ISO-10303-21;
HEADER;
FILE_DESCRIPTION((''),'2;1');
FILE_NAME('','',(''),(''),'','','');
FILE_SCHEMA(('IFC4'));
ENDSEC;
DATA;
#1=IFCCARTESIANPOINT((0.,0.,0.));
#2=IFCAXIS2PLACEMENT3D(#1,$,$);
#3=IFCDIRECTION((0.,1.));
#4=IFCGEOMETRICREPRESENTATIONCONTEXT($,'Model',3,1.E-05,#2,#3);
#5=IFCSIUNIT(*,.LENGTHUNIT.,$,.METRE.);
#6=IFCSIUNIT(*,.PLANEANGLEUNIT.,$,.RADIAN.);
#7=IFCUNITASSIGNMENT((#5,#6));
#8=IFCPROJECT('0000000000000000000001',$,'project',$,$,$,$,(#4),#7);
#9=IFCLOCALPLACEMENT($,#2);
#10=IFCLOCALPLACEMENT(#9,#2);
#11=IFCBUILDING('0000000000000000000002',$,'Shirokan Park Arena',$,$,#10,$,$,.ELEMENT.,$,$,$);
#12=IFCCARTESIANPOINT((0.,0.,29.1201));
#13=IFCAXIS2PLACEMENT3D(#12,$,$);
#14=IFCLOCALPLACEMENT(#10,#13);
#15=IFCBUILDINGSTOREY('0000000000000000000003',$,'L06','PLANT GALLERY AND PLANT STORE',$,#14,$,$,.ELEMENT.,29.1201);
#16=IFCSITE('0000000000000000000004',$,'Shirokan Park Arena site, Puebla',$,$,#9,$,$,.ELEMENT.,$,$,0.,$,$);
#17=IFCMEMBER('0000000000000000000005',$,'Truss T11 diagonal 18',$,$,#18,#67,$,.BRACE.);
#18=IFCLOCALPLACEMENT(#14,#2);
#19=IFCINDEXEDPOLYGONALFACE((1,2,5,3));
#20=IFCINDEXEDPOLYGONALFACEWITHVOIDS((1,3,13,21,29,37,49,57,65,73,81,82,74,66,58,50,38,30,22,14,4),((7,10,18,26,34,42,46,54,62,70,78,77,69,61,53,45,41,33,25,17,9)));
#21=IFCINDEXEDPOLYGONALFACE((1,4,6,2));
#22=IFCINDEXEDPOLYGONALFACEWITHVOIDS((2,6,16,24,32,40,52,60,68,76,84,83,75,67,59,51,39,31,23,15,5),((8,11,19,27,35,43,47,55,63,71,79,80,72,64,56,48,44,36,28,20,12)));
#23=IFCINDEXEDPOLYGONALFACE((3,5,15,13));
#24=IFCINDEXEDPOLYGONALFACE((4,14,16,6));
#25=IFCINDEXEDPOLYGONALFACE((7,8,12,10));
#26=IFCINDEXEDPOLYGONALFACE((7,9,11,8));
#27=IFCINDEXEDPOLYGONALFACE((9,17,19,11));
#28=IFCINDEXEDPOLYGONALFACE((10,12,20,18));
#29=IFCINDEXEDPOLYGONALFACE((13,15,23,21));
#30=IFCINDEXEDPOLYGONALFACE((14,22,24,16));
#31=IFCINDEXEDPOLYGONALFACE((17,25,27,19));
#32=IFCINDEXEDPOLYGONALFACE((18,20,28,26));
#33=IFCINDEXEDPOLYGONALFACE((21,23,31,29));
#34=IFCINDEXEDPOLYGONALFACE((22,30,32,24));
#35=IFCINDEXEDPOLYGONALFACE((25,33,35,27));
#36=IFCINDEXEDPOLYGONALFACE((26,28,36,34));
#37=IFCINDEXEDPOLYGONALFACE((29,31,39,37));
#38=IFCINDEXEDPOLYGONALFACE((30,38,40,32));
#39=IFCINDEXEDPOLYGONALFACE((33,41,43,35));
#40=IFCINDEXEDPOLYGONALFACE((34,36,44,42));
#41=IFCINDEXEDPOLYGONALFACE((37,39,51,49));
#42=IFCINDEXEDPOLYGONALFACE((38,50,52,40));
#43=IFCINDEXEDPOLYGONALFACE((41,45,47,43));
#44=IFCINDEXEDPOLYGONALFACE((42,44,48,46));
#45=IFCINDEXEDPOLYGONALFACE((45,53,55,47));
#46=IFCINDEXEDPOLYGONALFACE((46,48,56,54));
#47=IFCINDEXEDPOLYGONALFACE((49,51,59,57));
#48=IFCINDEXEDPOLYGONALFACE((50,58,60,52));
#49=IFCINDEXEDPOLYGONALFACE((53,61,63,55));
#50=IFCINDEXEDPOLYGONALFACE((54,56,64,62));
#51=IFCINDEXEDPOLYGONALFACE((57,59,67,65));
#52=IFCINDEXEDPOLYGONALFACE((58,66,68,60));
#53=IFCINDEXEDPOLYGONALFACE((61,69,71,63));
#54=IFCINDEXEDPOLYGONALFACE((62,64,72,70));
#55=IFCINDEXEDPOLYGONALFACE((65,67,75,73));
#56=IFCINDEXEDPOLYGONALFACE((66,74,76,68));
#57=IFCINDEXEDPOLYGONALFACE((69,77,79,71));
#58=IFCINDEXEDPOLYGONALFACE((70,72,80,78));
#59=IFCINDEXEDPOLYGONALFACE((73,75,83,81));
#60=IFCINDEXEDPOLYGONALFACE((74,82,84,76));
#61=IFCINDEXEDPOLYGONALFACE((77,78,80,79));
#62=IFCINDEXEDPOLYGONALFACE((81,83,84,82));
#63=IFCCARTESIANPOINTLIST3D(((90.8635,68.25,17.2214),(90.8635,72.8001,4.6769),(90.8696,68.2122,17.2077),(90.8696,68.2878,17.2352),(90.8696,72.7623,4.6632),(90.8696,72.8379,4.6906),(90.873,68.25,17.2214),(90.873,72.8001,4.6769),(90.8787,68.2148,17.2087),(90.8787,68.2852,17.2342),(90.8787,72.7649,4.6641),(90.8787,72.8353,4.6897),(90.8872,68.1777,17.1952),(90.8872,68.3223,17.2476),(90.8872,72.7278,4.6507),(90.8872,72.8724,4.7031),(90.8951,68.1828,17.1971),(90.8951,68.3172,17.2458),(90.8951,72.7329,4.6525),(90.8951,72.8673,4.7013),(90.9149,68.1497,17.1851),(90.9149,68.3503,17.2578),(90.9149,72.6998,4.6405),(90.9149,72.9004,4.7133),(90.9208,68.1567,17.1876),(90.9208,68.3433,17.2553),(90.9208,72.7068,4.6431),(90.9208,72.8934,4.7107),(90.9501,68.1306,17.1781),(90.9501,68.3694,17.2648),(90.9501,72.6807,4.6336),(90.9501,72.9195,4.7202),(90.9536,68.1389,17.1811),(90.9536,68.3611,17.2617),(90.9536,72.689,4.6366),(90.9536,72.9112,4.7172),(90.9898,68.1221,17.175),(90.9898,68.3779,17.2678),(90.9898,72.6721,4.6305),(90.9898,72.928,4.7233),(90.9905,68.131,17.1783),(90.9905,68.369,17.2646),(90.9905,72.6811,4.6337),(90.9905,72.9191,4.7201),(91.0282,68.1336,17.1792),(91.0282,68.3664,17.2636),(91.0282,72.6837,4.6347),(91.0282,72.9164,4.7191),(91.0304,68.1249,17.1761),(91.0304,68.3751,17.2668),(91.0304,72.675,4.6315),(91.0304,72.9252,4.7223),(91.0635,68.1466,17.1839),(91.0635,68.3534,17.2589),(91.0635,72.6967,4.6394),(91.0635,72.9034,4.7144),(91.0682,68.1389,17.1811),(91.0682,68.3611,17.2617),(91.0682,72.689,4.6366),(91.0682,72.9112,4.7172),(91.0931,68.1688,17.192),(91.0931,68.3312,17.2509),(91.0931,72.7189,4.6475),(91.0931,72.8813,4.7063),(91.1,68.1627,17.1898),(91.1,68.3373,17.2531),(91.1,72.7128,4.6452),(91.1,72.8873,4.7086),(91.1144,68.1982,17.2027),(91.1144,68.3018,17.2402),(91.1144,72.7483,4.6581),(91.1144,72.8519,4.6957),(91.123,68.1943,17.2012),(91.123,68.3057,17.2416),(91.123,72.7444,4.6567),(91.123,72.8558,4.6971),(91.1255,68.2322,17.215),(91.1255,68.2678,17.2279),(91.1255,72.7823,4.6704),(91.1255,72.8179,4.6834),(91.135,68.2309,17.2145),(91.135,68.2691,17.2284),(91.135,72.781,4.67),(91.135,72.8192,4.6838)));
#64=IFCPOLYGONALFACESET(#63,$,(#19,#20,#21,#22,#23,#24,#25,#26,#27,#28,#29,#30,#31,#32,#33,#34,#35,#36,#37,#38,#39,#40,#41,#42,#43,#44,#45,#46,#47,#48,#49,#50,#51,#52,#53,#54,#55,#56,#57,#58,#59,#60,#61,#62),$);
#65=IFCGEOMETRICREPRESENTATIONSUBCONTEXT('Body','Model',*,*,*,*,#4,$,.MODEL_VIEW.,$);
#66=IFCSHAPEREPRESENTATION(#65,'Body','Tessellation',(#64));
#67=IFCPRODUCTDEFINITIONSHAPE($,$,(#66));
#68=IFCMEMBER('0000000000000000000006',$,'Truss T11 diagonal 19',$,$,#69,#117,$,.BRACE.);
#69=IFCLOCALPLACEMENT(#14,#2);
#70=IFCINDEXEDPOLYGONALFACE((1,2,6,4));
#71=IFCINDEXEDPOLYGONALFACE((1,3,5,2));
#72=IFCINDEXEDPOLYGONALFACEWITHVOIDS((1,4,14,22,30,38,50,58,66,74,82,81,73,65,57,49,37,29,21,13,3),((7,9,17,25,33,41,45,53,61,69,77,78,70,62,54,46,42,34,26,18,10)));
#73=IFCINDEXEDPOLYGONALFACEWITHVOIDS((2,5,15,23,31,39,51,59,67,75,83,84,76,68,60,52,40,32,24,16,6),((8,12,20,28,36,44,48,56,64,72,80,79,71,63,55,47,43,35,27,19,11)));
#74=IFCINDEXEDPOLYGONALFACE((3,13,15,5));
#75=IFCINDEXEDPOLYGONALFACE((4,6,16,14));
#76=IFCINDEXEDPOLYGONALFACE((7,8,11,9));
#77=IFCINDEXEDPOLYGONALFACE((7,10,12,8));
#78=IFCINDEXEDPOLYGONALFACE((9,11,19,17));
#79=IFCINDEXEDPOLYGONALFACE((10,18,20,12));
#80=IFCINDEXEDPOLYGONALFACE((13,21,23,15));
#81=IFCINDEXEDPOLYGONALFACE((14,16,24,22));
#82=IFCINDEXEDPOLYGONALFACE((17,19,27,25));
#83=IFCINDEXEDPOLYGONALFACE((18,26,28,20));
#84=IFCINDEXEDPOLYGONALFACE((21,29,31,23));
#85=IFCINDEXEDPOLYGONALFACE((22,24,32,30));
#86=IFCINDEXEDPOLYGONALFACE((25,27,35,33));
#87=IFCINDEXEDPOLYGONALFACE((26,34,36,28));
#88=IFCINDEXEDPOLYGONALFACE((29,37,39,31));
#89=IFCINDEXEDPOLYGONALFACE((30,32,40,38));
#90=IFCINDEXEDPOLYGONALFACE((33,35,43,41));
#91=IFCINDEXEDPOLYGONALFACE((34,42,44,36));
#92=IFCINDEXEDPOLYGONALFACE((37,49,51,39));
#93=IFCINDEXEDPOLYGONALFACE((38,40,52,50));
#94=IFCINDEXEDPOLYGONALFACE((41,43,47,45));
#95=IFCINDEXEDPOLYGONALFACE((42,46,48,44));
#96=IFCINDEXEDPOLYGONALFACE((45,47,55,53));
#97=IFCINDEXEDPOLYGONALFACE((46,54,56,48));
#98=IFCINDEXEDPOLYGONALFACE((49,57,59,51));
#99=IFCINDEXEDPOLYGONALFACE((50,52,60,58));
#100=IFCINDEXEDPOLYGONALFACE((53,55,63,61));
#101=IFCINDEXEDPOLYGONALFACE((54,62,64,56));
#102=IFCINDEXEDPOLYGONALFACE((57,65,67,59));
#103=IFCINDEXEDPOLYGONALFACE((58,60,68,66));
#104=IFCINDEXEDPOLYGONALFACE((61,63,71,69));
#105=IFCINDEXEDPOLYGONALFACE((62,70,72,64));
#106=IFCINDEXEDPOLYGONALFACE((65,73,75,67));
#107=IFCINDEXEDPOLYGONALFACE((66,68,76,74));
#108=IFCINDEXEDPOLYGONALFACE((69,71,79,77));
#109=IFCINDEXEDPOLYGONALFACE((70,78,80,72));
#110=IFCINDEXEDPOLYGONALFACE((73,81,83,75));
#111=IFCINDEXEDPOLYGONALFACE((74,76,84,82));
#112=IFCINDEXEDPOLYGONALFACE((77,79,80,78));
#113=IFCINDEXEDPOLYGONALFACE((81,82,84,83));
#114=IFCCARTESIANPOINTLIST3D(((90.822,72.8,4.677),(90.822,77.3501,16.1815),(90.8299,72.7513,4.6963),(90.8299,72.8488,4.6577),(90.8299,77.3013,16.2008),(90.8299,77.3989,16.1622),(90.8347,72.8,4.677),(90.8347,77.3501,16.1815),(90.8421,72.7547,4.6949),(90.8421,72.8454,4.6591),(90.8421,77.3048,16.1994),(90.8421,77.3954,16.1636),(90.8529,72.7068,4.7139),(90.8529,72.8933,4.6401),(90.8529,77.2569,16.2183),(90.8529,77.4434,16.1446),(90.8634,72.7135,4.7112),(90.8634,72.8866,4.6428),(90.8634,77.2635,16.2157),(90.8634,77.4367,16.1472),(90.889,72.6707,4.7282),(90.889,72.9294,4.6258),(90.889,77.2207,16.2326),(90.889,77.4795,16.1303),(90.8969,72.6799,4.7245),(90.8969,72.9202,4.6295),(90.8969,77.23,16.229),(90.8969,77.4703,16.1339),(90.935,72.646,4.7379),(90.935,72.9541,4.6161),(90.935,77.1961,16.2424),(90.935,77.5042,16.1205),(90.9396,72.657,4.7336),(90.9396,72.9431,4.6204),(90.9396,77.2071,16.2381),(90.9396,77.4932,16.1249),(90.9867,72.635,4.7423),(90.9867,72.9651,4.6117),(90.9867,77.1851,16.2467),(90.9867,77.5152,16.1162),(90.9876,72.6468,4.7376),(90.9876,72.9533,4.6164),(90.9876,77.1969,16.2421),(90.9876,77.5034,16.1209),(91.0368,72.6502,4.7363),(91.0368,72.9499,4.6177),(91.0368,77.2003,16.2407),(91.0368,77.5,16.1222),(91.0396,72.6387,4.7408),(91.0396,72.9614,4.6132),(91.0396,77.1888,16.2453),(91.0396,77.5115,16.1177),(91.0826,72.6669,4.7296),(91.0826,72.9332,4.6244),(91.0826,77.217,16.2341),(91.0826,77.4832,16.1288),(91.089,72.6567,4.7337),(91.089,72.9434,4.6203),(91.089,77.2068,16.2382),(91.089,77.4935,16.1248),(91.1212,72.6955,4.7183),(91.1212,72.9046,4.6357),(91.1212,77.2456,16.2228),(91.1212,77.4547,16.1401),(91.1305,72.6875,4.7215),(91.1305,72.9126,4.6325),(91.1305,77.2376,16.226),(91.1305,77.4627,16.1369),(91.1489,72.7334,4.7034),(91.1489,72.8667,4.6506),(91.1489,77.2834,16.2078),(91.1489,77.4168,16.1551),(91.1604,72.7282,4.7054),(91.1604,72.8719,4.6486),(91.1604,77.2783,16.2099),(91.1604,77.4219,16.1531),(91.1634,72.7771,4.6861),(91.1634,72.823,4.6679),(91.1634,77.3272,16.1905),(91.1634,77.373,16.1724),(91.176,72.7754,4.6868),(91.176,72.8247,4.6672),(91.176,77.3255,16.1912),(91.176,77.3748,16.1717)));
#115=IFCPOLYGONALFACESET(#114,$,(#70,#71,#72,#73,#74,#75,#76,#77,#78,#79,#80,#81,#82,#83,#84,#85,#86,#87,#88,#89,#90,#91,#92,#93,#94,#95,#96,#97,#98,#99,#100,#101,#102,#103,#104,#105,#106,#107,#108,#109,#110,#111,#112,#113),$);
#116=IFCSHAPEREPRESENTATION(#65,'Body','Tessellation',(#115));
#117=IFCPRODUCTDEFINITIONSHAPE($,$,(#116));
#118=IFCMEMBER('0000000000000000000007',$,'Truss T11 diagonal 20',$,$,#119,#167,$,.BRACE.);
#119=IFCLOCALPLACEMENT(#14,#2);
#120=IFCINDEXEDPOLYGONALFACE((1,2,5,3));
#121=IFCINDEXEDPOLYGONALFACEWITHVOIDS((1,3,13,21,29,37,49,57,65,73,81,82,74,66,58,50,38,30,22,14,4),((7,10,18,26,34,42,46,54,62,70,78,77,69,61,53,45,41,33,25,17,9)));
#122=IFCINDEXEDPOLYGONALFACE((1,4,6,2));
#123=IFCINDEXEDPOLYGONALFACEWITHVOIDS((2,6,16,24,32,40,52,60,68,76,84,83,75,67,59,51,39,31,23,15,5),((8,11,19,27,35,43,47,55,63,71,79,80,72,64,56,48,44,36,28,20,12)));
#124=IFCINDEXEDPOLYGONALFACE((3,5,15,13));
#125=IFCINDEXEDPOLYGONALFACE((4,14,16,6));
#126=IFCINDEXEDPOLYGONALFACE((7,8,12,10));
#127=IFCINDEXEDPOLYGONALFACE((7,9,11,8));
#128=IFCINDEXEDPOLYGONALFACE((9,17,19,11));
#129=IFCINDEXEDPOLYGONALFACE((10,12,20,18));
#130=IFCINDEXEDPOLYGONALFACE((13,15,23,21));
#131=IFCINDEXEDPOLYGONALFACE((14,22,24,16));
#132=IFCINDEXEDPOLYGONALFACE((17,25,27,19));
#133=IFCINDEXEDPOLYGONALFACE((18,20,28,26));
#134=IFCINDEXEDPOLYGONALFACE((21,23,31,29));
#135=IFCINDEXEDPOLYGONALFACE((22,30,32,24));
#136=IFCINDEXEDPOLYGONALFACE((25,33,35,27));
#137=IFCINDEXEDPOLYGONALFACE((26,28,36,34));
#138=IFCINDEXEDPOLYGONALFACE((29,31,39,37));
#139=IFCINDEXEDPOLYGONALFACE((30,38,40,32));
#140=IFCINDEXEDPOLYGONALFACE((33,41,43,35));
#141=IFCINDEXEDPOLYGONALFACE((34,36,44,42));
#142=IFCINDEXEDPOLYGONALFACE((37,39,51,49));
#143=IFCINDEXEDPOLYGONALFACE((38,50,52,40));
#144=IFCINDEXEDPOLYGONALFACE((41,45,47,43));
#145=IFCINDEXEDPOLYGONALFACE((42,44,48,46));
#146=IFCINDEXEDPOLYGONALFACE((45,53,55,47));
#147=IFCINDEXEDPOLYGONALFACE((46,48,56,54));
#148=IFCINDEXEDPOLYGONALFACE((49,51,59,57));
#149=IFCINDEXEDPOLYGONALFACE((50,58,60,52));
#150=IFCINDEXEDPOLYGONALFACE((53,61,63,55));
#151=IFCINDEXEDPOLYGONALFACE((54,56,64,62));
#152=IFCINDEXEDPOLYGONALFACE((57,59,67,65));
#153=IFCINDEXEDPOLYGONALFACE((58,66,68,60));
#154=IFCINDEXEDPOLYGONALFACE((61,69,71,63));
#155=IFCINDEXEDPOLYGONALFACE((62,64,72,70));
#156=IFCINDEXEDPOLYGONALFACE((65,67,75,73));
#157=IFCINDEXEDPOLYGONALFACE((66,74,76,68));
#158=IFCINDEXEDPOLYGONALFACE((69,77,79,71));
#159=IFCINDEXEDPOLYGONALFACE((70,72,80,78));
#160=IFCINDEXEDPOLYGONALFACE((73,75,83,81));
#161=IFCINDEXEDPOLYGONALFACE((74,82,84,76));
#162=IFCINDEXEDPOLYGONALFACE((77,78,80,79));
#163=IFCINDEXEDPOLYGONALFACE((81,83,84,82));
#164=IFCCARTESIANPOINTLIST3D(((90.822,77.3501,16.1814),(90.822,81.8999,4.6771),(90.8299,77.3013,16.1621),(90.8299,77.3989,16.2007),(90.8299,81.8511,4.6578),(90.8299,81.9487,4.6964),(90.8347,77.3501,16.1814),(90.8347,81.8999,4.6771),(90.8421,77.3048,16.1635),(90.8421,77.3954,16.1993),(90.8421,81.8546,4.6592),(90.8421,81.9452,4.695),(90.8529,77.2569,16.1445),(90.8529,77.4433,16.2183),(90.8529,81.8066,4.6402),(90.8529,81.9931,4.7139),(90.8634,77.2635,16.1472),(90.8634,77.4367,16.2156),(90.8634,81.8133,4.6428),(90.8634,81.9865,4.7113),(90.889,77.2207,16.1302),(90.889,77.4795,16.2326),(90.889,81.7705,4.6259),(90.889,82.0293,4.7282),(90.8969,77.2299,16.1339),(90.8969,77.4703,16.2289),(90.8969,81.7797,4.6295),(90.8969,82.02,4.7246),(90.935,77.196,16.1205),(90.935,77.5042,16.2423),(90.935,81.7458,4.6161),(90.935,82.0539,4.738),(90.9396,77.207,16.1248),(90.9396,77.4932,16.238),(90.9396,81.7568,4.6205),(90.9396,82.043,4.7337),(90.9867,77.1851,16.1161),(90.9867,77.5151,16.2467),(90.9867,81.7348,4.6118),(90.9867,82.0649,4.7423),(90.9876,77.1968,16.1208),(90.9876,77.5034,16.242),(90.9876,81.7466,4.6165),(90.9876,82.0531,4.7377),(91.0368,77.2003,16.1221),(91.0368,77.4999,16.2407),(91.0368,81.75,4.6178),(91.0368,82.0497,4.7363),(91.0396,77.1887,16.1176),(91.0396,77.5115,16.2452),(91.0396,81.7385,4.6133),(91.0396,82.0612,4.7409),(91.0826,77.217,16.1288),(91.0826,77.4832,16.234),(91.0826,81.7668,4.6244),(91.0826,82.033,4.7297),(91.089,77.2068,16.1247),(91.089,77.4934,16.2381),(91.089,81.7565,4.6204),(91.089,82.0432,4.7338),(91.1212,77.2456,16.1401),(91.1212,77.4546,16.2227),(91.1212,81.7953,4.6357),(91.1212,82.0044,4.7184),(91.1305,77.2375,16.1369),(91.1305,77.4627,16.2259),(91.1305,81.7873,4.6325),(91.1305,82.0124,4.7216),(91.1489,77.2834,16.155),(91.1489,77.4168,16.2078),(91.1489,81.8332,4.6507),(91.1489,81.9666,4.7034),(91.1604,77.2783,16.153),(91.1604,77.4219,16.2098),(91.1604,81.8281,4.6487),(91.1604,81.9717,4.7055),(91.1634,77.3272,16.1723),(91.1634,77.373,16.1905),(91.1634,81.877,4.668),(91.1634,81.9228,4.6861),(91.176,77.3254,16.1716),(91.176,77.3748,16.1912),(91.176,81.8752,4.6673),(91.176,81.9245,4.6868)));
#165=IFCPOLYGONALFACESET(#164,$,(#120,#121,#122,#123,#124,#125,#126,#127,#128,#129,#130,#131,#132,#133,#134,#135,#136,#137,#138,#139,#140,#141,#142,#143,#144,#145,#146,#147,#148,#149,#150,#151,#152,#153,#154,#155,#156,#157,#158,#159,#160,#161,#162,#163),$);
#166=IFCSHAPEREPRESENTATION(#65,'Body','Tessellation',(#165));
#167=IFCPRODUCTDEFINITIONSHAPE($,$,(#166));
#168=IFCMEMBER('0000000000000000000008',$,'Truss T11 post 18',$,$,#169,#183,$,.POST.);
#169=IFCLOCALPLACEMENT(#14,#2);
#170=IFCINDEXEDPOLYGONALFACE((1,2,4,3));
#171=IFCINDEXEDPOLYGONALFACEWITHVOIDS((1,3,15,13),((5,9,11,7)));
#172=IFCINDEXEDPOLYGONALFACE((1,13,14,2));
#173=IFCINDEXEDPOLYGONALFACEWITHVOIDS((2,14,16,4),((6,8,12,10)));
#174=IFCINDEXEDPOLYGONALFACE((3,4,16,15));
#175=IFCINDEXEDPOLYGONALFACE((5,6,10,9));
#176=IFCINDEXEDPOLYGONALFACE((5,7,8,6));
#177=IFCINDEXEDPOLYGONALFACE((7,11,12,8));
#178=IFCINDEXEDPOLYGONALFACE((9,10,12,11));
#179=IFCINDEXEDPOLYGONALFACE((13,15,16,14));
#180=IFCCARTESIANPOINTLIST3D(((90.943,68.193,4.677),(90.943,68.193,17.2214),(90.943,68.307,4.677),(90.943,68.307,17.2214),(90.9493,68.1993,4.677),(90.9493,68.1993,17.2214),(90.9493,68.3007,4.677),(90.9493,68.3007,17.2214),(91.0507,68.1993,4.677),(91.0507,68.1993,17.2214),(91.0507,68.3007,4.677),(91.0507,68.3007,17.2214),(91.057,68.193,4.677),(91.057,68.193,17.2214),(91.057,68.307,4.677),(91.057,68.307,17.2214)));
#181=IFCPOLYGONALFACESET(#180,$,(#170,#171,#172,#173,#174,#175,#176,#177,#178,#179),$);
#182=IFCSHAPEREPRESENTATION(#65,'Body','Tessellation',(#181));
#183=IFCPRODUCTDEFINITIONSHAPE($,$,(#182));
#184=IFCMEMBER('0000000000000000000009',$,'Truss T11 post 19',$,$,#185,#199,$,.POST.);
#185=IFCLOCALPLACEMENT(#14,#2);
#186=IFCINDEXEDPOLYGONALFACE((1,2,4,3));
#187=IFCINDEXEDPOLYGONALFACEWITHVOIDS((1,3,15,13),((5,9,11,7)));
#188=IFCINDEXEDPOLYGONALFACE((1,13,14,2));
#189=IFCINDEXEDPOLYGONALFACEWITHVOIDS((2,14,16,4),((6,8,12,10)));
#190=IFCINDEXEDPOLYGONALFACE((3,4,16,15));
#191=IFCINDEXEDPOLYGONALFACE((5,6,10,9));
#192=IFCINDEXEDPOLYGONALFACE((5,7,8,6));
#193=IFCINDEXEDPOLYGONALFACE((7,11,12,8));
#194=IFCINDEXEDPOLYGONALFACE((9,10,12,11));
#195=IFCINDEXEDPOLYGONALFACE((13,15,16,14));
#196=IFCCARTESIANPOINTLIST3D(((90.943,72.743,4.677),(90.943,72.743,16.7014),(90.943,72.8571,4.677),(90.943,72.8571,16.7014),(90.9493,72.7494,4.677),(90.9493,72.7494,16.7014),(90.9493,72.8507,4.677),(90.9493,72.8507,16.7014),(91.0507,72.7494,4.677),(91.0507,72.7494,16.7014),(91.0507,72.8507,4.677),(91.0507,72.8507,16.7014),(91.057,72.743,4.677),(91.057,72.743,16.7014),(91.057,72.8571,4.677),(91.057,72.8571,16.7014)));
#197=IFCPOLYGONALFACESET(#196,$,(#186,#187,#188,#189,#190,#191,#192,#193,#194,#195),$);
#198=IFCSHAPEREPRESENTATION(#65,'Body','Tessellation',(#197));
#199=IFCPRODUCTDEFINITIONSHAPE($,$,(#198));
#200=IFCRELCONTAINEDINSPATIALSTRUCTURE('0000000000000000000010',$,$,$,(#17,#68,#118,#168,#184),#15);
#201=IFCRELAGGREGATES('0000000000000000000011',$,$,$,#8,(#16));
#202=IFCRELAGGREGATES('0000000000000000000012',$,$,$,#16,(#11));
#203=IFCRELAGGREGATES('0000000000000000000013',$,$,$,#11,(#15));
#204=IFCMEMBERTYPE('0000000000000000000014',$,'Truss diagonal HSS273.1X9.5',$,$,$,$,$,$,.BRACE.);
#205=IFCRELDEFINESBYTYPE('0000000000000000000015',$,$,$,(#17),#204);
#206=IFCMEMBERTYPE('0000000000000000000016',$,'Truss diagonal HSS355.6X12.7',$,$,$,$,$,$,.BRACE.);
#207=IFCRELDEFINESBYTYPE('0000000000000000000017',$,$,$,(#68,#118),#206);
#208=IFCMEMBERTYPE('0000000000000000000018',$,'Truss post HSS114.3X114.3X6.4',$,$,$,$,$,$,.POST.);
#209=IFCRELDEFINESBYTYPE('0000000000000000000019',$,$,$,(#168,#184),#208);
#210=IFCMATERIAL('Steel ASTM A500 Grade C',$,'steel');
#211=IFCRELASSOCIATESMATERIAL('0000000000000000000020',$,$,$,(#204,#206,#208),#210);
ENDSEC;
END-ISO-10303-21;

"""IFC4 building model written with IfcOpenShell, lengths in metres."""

from ifc_helpers import new_model, si_unit, direction, frame, origin, origin_2d, place, context, subcontext, project, spatial, hollow_rectangle, hollow_circle, extrude, material, material_profile, profile_set, type_object, element, save


model = new_model("IFC4")

# Units and contexts
model_context = context("Model", 3, precision=1e-05, world=origin(), true_north=direction((0.0, 1.0)))
body_context = subcontext(model_context, "Body", "Model", "MODEL_VIEW")
ifc_project = project(units=[si_unit("LENGTHUNIT", "METRE"), si_unit("PLANEANGLEUNIT", "RADIAN")], contexts=[model_context])

# Site, building, storey
site_placement = place(None, origin())
site = spatial("IfcSite", under=ifc_project, at=site_placement, Name="Shirokan Park Arena site, Puebla", CompositionType="ELEMENT", RefElevation=0.0)
building_placement = place(site_placement, origin())
building = spatial("IfcBuilding", under=site, at=building_placement, Name="Shirokan Park Arena", CompositionType="ELEMENT")
storey_placement = place(building_placement, frame((0.0, 0.0, 29.1201)))
storey = spatial("IfcBuildingStorey", under=building, at=storey_placement, Name="L06", Description="PLANT GALLERY AND PLANT STORE", CompositionType="ELEMENT", Elevation=29.1201)

# Members
ifc_material_1 = material(Name="Steel ASTM A500 Grade C", Category="steel")
ifc_material_profile_1 = material_profile(ifc_material_1, hollow_circle(Radius=0.1365, WallThickness=0.0095, at=origin_2d()), Name="HSS273.1X9.5")
ifc_profile_set_1 = profile_set([ifc_material_profile_1], Name="Steel ASTM A500 Grade C")
member_type_1 = type_object("IfcMemberType", Name="Truss diagonal HSS273.1X9.5", PredefinedType="BRACE", material=ifc_profile_set_1)
member_1_placement = place(storey_placement, frame((91.0, 68.25, 17.2214), z_axis=(0.0, 0.340978, -0.940071), x_axis=(-1.0, 0.0, 0.0)))
element("IfcMember", 1, at=member_1_placement, inside=storey, type_object=member_type_1, Name="Truss T11 diagonal 18", PredefinedType="BRACE", context=body_context, shape_type="SweptSolid", body=[
    extrude(hollow_circle(Radius=0.1365, WallThickness=0.0095, at=origin_2d()), origin(), (0.0, 0.0, 1.0), 13.3442),
])
ifc_material_profile_2 = material_profile(ifc_material_1, hollow_circle(Radius=0.178, WallThickness=0.0127, at=origin_2d()), Name="HSS355.6X12.7")
ifc_profile_set_2 = profile_set([ifc_material_profile_2], Name="Steel ASTM A500 Grade C")
member_type_2 = type_object("IfcMemberType", Name="Truss diagonal HSS355.6X12.7", PredefinedType="BRACE", material=ifc_profile_set_2)
member_2_placement = place(storey_placement, frame((91.0, 72.8, 4.677), z_axis=(0.0, 0.367785, 0.929911), x_axis=(-1.0, 0.0, 0.0)))
element("IfcMember", 2, at=member_2_placement, inside=storey, type_object=member_type_2, Name="Truss T11 diagonal 19", PredefinedType="BRACE", context=body_context, shape_type="SweptSolid", body=[
    extrude(hollow_circle(Radius=0.178, WallThickness=0.0127, at=origin_2d()), origin(), (0.0, 0.0, 1.0), 12.3716),
])
member_3_placement = place(storey_placement, frame((91.0, 77.3501, 16.1814), z_axis=(0.0, 0.367768, -0.929918), x_axis=(-1.0, 0.0, 0.0)))
element("IfcMember", 3, at=member_3_placement, inside=storey, type_object=member_type_2, Name="Truss T11 diagonal 20", PredefinedType="BRACE", context=body_context, shape_type="SweptSolid", body=[
    extrude(hollow_circle(Radius=0.178, WallThickness=0.0127, at=origin_2d()), origin(), (0.0, 0.0, 1.0), 12.3713),
])
ifc_material_profile_3 = material_profile(ifc_material_1, hollow_rectangle(XDim=0.114, YDim=0.114, WallThickness=0.0063, at=origin_2d()), Name="HSS114.3X114.3X6.4")
ifc_profile_set_3 = profile_set([ifc_material_profile_3], Name="Steel ASTM A500 Grade C")
member_type_3 = type_object("IfcMemberType", Name="Truss post HSS114.3X114.3X6.4", PredefinedType="POST", material=ifc_profile_set_3)
member_4_placement = place(storey_placement, frame((91.0, 68.25, 4.677), z_axis=(0.0, 0.0, 1.0), x_axis=(1.0, 0.0, 0.0)))
element("IfcMember", 4, at=member_4_placement, inside=storey, type_object=member_type_3, Name="Truss T11 post 18", PredefinedType="POST", context=body_context, shape_type="SweptSolid", body=[
    extrude(hollow_rectangle(XDim=0.114, YDim=0.114, WallThickness=0.0063, at=origin_2d()), origin(), (0.0, 0.0, 1.0), 12.5444),
])
member_5_placement = place(storey_placement, frame((91.0, 72.8, 4.677), z_axis=(0.0, 0.0, 1.0), x_axis=(1.0, 0.0, 0.0)))
element("IfcMember", 5, at=member_5_placement, inside=storey, type_object=member_type_3, Name="Truss T11 post 19", PredefinedType="POST", context=body_context, shape_type="SweptSolid", body=[
    extrude(hollow_rectangle(XDim=0.114, YDim=0.114, WallThickness=0.0063, at=origin_2d()), origin(), (0.0, 0.0, 1.0), 12.0244),
])

save(model, "model.ifc")
